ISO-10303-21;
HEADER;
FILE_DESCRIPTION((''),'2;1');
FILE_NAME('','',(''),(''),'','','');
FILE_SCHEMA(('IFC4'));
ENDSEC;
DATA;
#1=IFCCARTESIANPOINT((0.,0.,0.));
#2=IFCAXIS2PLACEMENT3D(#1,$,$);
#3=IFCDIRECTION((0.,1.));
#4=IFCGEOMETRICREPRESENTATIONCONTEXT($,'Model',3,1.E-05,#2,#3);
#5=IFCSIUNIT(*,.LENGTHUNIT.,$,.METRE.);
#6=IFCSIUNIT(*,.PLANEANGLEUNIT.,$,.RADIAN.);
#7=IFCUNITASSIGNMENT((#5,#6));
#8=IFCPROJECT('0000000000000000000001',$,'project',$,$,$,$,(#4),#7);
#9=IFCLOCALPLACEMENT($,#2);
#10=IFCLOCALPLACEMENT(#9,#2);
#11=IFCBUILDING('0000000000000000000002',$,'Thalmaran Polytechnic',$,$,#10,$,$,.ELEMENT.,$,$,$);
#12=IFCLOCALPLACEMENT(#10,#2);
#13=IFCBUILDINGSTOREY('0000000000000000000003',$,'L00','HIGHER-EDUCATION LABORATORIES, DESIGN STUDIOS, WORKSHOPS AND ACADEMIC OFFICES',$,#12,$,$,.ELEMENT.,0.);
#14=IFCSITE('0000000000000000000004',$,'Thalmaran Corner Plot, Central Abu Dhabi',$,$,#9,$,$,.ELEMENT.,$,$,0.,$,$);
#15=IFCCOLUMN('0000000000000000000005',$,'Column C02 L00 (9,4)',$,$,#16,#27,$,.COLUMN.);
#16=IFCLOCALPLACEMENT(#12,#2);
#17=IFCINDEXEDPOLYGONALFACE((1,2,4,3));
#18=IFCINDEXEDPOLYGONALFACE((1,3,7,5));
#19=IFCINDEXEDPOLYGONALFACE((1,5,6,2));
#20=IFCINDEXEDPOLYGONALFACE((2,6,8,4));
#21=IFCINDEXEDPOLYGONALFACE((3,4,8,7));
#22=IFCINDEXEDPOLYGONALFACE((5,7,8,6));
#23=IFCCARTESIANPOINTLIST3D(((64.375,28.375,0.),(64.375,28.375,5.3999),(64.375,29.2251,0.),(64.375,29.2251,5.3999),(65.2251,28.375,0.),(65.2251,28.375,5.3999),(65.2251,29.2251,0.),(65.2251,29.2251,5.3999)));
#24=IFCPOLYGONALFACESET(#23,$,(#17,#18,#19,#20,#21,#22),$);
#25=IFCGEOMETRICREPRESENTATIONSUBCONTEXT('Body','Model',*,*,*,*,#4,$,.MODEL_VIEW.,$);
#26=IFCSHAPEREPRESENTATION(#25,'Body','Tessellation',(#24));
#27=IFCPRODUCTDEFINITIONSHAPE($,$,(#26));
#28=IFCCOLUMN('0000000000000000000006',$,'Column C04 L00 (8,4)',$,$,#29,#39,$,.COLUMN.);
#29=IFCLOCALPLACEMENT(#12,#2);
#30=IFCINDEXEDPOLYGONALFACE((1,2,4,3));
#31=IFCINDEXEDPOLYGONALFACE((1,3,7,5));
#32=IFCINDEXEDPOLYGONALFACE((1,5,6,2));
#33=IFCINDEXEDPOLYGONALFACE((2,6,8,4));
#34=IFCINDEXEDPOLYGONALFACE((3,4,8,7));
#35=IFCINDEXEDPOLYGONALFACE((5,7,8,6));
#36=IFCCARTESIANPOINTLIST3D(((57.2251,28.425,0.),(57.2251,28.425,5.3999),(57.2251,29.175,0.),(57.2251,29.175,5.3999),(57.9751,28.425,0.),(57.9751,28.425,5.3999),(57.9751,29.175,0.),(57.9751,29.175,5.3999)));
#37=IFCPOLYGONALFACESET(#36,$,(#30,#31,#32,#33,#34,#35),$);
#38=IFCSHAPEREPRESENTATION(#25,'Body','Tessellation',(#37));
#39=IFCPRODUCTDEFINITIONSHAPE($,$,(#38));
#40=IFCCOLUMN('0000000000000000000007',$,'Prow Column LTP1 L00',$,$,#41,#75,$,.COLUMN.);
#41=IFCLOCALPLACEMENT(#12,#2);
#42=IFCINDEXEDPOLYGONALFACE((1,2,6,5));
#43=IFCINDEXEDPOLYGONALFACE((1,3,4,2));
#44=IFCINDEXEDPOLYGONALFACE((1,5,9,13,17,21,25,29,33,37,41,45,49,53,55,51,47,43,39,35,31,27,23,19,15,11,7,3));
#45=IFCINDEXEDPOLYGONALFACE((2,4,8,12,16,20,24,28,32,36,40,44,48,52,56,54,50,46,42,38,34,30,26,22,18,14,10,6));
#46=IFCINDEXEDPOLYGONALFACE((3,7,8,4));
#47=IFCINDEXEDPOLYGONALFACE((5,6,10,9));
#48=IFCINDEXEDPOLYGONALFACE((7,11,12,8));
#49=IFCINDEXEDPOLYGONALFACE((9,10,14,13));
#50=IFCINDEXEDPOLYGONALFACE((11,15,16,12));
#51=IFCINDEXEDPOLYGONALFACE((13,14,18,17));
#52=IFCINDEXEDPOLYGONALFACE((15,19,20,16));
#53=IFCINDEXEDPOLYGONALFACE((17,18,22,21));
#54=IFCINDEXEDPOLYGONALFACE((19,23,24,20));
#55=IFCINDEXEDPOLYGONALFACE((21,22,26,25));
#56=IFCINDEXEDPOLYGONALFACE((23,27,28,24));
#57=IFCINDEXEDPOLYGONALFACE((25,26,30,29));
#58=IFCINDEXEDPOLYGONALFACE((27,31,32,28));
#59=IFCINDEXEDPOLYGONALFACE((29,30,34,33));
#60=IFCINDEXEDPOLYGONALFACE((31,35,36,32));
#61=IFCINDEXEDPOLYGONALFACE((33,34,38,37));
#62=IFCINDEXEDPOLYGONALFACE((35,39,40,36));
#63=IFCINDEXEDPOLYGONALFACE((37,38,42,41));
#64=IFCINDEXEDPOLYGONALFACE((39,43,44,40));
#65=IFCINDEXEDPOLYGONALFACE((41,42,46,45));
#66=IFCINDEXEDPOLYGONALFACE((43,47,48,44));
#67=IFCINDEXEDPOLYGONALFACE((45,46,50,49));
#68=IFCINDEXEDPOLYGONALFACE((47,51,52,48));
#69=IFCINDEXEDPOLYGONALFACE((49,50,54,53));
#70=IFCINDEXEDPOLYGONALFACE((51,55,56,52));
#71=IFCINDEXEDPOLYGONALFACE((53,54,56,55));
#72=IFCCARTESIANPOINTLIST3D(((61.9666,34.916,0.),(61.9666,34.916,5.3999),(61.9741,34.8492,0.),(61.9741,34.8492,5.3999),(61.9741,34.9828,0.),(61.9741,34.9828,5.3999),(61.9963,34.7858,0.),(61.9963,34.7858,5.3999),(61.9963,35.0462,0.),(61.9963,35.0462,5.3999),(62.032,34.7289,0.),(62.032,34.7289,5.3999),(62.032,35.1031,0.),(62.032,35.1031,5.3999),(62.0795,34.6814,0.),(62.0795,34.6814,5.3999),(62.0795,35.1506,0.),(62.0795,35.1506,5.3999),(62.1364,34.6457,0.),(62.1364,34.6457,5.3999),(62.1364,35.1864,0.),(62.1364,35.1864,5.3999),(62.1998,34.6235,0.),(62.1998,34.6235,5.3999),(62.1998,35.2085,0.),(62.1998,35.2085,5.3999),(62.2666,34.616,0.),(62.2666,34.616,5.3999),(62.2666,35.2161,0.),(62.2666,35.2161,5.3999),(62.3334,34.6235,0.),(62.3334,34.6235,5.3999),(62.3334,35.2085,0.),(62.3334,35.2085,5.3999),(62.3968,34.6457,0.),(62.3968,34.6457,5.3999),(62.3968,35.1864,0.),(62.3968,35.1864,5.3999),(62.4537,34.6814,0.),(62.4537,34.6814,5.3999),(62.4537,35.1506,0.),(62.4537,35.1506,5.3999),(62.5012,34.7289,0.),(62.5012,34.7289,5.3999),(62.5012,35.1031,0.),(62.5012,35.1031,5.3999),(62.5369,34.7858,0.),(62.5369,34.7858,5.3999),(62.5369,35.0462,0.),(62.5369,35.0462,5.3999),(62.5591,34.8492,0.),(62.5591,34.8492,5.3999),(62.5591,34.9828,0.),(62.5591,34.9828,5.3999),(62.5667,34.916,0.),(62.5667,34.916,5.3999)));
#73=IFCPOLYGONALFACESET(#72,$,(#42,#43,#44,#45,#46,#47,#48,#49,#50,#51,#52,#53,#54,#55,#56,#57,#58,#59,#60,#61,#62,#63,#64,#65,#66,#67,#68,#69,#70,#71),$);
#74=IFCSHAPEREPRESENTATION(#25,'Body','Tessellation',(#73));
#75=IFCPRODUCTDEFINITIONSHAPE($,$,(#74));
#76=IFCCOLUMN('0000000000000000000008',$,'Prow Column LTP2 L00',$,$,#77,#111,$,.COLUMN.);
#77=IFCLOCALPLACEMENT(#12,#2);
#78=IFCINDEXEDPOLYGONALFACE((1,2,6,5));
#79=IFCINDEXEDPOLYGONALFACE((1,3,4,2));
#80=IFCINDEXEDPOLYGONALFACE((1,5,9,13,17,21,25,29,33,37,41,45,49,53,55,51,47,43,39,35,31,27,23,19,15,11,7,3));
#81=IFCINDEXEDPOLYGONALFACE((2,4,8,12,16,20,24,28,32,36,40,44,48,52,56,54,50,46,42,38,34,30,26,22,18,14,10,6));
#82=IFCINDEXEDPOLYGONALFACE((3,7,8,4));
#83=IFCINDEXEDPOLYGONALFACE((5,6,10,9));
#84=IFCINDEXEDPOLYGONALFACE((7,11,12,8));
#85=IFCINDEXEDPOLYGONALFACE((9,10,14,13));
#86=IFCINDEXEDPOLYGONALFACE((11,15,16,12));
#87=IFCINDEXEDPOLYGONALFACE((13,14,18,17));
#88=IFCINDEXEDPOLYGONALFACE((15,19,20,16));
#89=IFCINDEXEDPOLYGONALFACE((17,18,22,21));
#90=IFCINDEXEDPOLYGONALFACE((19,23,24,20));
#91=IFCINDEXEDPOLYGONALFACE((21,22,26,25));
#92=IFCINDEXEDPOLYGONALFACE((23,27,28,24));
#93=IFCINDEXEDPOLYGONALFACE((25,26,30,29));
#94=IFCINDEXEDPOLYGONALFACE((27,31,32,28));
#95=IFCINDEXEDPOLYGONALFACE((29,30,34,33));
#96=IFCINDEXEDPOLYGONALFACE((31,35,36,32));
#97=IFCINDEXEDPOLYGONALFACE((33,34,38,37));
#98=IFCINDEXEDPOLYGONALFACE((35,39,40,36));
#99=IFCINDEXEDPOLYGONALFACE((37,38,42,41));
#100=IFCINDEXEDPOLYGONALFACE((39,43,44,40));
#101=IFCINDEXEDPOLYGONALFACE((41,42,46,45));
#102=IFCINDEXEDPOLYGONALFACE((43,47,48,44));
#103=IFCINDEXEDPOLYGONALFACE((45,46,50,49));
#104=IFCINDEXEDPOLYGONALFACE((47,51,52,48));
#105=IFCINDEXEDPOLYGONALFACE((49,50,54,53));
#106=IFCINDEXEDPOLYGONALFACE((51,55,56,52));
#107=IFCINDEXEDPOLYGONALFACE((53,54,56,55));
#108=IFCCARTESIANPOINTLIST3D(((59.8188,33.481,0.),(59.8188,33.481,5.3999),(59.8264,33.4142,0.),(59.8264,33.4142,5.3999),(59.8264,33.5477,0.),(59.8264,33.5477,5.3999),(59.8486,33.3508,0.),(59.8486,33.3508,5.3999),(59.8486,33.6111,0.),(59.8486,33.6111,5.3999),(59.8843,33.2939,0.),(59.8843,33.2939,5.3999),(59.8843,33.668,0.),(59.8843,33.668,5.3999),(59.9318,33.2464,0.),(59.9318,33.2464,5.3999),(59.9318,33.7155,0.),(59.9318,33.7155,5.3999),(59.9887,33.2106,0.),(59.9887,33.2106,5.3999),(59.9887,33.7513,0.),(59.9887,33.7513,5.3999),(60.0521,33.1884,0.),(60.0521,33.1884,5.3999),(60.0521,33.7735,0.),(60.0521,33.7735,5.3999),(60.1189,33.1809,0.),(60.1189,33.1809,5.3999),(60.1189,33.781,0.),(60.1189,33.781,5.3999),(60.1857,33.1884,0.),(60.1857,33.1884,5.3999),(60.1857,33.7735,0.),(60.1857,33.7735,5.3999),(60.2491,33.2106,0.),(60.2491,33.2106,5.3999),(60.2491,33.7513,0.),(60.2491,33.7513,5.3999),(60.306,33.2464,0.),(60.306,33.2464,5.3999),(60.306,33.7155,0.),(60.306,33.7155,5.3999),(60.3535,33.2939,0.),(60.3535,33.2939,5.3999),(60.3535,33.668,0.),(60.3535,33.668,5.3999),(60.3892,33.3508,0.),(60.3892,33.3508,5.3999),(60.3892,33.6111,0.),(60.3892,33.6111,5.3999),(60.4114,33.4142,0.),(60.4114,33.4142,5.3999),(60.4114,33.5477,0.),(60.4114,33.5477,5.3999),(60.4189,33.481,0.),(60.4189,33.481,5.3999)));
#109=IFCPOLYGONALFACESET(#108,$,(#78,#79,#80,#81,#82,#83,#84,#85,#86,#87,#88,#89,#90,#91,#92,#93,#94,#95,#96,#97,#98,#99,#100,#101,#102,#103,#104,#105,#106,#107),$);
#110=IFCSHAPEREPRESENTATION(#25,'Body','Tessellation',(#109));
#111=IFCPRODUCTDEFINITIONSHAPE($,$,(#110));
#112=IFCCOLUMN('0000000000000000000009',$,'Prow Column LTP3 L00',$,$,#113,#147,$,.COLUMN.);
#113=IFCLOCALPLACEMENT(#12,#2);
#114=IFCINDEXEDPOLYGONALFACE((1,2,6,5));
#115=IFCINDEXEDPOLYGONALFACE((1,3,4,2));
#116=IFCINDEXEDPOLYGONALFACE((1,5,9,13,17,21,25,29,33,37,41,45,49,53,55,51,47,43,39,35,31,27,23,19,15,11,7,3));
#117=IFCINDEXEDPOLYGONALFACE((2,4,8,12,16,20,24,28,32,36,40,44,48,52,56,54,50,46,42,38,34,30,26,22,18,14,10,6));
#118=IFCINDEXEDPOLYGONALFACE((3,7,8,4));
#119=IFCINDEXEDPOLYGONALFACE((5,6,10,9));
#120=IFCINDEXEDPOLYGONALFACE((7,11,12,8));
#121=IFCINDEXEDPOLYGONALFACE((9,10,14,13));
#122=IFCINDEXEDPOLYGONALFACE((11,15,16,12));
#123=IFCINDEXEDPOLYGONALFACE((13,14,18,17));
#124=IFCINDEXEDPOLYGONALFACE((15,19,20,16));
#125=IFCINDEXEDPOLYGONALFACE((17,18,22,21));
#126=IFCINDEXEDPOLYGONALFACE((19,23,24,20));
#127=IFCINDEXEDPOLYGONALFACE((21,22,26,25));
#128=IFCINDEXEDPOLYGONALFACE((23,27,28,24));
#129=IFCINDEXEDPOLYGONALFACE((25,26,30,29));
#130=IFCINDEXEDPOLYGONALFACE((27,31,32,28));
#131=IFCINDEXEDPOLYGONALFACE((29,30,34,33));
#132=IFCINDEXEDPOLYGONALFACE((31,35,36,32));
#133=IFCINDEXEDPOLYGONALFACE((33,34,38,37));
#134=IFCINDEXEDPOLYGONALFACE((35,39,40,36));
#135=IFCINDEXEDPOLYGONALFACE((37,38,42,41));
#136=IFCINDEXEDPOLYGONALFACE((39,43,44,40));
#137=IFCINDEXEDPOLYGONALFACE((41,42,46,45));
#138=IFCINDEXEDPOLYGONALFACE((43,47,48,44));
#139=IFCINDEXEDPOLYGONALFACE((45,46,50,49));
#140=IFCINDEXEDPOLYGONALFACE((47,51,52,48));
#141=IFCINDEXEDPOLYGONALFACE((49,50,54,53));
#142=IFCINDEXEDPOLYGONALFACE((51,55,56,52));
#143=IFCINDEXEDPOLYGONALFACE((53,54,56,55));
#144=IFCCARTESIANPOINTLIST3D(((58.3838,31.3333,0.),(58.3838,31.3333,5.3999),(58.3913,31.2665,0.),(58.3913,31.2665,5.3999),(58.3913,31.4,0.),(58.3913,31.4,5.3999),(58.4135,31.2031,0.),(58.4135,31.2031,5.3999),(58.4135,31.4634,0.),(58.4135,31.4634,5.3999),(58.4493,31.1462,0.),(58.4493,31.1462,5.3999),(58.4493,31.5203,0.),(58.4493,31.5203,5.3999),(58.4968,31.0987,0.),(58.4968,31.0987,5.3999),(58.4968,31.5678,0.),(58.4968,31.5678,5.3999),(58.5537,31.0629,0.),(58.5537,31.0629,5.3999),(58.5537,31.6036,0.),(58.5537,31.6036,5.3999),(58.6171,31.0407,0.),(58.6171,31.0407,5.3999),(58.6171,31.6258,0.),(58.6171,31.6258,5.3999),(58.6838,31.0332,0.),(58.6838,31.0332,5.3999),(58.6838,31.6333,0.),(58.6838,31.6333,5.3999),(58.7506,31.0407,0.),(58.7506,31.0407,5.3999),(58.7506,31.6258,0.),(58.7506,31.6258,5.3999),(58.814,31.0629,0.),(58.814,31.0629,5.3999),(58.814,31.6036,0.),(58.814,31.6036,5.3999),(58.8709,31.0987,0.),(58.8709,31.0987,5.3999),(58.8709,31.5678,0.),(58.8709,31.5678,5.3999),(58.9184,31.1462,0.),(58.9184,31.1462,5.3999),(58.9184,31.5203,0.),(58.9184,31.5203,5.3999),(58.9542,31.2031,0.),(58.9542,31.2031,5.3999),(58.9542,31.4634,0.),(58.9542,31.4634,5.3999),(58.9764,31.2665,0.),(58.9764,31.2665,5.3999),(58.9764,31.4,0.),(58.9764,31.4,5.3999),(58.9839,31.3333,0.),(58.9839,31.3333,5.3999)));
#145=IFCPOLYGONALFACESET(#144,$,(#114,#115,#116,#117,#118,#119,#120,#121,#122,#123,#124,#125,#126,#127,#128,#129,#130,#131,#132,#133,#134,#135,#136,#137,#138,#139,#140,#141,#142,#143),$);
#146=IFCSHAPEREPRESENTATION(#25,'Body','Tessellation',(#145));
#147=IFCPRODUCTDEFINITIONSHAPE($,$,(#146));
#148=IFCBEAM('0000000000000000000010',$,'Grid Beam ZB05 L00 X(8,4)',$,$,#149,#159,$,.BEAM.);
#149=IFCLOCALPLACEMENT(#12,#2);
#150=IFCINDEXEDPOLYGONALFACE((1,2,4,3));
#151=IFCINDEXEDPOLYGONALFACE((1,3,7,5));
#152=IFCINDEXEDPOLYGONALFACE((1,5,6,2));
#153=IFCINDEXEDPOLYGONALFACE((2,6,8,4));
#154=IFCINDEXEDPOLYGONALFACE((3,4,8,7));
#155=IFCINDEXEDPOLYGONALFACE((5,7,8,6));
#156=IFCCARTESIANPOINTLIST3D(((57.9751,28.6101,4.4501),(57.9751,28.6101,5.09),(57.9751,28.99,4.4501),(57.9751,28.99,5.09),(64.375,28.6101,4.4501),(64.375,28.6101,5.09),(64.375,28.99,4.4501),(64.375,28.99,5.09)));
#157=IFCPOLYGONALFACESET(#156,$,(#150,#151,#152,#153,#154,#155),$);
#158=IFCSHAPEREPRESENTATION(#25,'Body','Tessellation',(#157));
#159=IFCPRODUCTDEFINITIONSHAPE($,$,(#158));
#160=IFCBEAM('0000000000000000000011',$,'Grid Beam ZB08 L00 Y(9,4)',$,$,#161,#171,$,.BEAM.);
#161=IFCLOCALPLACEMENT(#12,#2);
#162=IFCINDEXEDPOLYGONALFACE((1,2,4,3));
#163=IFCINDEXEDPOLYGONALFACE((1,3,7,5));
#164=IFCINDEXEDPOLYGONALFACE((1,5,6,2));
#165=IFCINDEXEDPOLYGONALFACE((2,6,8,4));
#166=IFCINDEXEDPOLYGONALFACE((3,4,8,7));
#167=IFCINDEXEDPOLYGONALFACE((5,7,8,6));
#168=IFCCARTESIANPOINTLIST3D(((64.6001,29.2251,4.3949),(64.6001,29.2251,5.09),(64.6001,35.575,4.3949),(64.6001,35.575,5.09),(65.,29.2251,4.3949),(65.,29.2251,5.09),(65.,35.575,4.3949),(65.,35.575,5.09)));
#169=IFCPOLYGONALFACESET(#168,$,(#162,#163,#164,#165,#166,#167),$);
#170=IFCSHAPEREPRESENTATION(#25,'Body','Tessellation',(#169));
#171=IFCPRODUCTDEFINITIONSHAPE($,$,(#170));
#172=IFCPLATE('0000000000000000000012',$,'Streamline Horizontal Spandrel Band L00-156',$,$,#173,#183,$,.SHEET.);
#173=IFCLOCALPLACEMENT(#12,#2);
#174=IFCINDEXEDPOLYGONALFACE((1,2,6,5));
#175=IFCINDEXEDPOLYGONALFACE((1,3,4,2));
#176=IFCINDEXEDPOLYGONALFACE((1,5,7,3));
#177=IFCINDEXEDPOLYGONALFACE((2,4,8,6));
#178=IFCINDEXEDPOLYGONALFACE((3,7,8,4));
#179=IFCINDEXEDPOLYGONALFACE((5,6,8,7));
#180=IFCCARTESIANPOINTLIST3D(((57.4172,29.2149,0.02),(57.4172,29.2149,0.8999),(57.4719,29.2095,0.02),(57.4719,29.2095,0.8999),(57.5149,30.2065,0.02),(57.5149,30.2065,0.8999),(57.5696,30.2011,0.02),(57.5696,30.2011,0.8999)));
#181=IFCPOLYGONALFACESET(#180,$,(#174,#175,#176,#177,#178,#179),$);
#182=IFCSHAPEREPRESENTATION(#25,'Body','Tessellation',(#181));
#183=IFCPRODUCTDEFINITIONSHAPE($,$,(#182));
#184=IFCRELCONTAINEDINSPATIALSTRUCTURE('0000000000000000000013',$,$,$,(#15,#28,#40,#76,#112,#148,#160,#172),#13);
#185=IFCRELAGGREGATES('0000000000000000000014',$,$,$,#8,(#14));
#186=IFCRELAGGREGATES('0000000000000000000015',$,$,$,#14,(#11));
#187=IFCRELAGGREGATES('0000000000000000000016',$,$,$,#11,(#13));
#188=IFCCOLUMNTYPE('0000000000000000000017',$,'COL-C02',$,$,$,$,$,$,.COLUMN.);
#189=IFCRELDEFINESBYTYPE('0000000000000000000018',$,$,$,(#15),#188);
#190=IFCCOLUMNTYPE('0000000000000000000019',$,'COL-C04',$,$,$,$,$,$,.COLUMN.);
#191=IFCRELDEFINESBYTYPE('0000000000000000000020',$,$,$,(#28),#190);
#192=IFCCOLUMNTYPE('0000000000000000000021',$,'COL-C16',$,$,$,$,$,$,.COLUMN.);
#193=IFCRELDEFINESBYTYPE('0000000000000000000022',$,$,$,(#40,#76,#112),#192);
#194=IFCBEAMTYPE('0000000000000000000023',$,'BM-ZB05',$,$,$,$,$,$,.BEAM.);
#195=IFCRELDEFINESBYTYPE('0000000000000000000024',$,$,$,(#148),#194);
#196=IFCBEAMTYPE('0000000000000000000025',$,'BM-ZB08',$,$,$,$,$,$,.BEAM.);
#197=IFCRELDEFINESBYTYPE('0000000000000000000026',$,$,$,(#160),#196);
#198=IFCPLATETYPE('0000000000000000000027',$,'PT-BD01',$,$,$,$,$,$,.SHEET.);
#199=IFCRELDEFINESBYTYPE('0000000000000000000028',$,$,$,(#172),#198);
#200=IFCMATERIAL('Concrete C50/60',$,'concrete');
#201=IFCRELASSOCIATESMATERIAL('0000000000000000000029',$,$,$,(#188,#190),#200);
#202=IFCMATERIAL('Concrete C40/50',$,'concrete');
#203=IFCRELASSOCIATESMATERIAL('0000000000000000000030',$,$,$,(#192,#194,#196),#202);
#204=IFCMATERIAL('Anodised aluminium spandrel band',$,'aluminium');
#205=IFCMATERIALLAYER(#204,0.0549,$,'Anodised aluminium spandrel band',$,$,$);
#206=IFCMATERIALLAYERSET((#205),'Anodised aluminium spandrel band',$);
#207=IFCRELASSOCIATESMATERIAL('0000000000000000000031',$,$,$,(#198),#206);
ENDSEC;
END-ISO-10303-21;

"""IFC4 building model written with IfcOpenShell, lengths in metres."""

from ifc_helpers import new_model, si_unit, direction, frame, origin, origin_2d, place, context, subcontext, project, spatial, rectangle, circle, extrude, material, layer, layer_set, material_profile, profile_set, type_object, element, save


model = new_model("IFC4")

# Units and contexts
model_context = context("Model", 3, precision=1e-05, world=origin(), true_north=direction((0.0, 1.0)))
body_context = subcontext(model_context, "Body", "Model", "MODEL_VIEW")
ifc_project = project(units=[si_unit("LENGTHUNIT", "METRE"), si_unit("PLANEANGLEUNIT", "RADIAN")], contexts=[model_context])

# Site, building, storey
site_placement = place(None, origin())
site = spatial("IfcSite", under=ifc_project, at=site_placement, Name="Thalmaran Corner Plot, Central Abu Dhabi", CompositionType="ELEMENT", RefElevation=0.0)
building_placement = place(site_placement, origin())
building = spatial("IfcBuilding", under=site, at=building_placement, Name="Thalmaran Polytechnic", CompositionType="ELEMENT")
storey_placement = place(building_placement, origin())
storey = spatial("IfcBuildingStorey", under=building, at=storey_placement, Name="L00", Description="HIGHER-EDUCATION LABORATORIES, DESIGN STUDIOS, WORKSHOPS AND ACADEMIC OFFICES", CompositionType="ELEMENT", Elevation=0.0)

# Columns
ifc_material_1 = material(Name="Concrete C50/60", Category="concrete")
ifc_material_profile_1 = material_profile(ifc_material_1, rectangle(XDim=0.8501, YDim=0.8501, at=origin_2d()), Name="RC 850x850")
ifc_profile_set_1 = profile_set([ifc_material_profile_1], Name="Concrete C50/60")
column_type_1 = type_object("IfcColumnType", Name="COL-C02", PredefinedType="COLUMN", material=ifc_profile_set_1)
column_1_placement = place(storey_placement, frame((64.8, 28.8, 0.0), z_axis=(0.0, 0.0, 1.0), x_axis=(1.0, 0.0, 0.0)))
element("IfcColumn", 1, at=column_1_placement, inside=storey, type_object=column_type_1, Name="Column C02 L00 (9,4)", PredefinedType="COLUMN", context=body_context, shape_type="SweptSolid", body=[
    extrude(rectangle(XDim=0.8501, YDim=0.8501, at=origin_2d()), origin(), (0.0, 0.0, 1.0), 5.3999),
])
ifc_material_profile_2 = material_profile(ifc_material_1, rectangle(XDim=0.75, YDim=0.75, at=origin_2d()), Name="RC 750x750")
ifc_profile_set_2 = profile_set([ifc_material_profile_2], Name="Concrete C50/60")
column_type_2 = type_object("IfcColumnType", Name="COL-C04", PredefinedType="COLUMN", material=ifc_profile_set_2)
column_2_placement = place(storey_placement, frame((57.6001, 28.8, 0.0), z_axis=(0.0, 0.0, 1.0), x_axis=(1.0, 0.0, 0.0)))
element("IfcColumn", 2, at=column_2_placement, inside=storey, type_object=column_type_2, Name="Column C04 L00 (8,4)", PredefinedType="COLUMN", context=body_context, shape_type="SweptSolid", body=[
    extrude(rectangle(XDim=0.75, YDim=0.75, at=origin_2d()), origin(), (0.0, 0.0, 1.0), 5.3999),
])
ifc_material_2 = material(Name="Concrete C40/50", Category="concrete")
ifc_material_profile_3 = material_profile(ifc_material_2, circle(Radius=0.3, at=origin_2d()), Name="RC 600 DIA")
ifc_profile_set_3 = profile_set([ifc_material_profile_3], Name="Concrete C40/50")
column_type_3 = type_object("IfcColumnType", Name="COL-C16", PredefinedType="COLUMN", material=ifc_profile_set_3)
for number, where, z_axis, x_axis, name in (
    (3, (62.2666, 34.916, 0.0), (0.0, 0.0, 1.0), (1.0, 0.0, 0.0), "Prow Column LTP1 L00"),
    (4, (60.1189, 33.481, 0.0), (0.0, 0.0, 1.0), (1.0, 0.0, 0.0), "Prow Column LTP2 L00"),
    (5, (58.6838, 31.3333, 0.0), (0.0, 0.0, 1.0), (1.0, 0.0, 0.0), "Prow Column LTP3 L00"),
):
    element("IfcColumn", number, at=place(storey_placement, frame(where, z_axis=z_axis, x_axis=x_axis)), inside=storey, type_object=column_type_3, Name=name, PredefinedType="COLUMN", context=body_context, shape_type="SweptSolid", body=[
        extrude(circle(Radius=0.3, at=origin_2d()), origin(), (0.0, 0.0, 1.0), 5.3999),
    ])

# Beams
ifc_material_profile_4 = material_profile(ifc_material_2, rectangle(XDim=0.3799, YDim=0.6399, at=origin_2d()), Name="RC 380x640")
ifc_profile_set_4 = profile_set([ifc_material_profile_4], Name="Concrete C40/50")
beam_type_1 = type_object("IfcBeamType", Name="BM-ZB05", PredefinedType="BEAM", material=ifc_profile_set_4)
beam_1_placement = place(storey_placement, frame((57.9751, 28.8, 4.77), z_axis=(1.0, 0.0, 0.0), x_axis=(0.0, 1.0, 0.0)))
element("IfcBeam", 6, at=beam_1_placement, inside=storey, type_object=beam_type_1, Name="Grid Beam ZB05 L00 X(8,4)", PredefinedType="BEAM", context=body_context, shape_type="SweptSolid", body=[
    extrude(rectangle(XDim=0.3799, YDim=0.6399, at=origin_2d()), origin(), (0.0, 0.0, 1.0), 6.3999),
])
ifc_material_profile_5 = material_profile(ifc_material_2, rectangle(XDim=0.3999, YDim=0.6951, at=origin_2d()), Name="RC 400x695")
ifc_profile_set_5 = profile_set([ifc_material_profile_5], Name="Concrete C40/50")
beam_type_2 = type_object("IfcBeamType", Name="BM-ZB08", PredefinedType="BEAM", material=ifc_profile_set_5)
beam_2_placement = place(storey_placement, frame((64.8, 29.2251, 4.7424), z_axis=(0.0, 1.0, 0.0), x_axis=(-1.0, 0.0, 0.0)))
element("IfcBeam", 7, at=beam_2_placement, inside=storey, type_object=beam_type_2, Name="Grid Beam ZB08 L00 Y(9,4)", PredefinedType="BEAM", context=body_context, shape_type="SweptSolid", body=[
    extrude(rectangle(XDim=0.3999, YDim=0.6951, at=origin_2d()), origin(), (0.0, 0.0, 1.0), 6.3499),
])

# Plate
ifc_material_3 = material(Name="Anodised aluminium spandrel band", Category="aluminium")
ifc_layer_1 = layer(ifc_material_3, 0.0549, Name="Anodised aluminium spandrel band")
ifc_layer_set_1 = layer_set([ifc_layer_1], Name="Anodised aluminium spandrel band")
plate_type_1 = type_object("IfcPlateType", Name="PT-BD01", PredefinedType="SHEET", material=ifc_layer_set_1)
plate_placement = place(storey_placement, frame((57.4934, 29.708, 0.02), z_axis=(0.0, 0.0, 1.0), x_axis=(0.098017, 0.995185, 0.0)))
element("IfcPlate", 8, at=plate_placement, inside=storey, type_object=plate_type_1, Name="Streamline Horizontal Spandrel Band L00-156", PredefinedType="SHEET", context=body_context, shape_type="SweptSolid", body=[
    extrude(rectangle(XDim=0.9963, YDim=0.0549, at=origin_2d()), origin(), (0.0, 0.0, 1.0), 0.8799),
])

save(model, "model.ifc")
